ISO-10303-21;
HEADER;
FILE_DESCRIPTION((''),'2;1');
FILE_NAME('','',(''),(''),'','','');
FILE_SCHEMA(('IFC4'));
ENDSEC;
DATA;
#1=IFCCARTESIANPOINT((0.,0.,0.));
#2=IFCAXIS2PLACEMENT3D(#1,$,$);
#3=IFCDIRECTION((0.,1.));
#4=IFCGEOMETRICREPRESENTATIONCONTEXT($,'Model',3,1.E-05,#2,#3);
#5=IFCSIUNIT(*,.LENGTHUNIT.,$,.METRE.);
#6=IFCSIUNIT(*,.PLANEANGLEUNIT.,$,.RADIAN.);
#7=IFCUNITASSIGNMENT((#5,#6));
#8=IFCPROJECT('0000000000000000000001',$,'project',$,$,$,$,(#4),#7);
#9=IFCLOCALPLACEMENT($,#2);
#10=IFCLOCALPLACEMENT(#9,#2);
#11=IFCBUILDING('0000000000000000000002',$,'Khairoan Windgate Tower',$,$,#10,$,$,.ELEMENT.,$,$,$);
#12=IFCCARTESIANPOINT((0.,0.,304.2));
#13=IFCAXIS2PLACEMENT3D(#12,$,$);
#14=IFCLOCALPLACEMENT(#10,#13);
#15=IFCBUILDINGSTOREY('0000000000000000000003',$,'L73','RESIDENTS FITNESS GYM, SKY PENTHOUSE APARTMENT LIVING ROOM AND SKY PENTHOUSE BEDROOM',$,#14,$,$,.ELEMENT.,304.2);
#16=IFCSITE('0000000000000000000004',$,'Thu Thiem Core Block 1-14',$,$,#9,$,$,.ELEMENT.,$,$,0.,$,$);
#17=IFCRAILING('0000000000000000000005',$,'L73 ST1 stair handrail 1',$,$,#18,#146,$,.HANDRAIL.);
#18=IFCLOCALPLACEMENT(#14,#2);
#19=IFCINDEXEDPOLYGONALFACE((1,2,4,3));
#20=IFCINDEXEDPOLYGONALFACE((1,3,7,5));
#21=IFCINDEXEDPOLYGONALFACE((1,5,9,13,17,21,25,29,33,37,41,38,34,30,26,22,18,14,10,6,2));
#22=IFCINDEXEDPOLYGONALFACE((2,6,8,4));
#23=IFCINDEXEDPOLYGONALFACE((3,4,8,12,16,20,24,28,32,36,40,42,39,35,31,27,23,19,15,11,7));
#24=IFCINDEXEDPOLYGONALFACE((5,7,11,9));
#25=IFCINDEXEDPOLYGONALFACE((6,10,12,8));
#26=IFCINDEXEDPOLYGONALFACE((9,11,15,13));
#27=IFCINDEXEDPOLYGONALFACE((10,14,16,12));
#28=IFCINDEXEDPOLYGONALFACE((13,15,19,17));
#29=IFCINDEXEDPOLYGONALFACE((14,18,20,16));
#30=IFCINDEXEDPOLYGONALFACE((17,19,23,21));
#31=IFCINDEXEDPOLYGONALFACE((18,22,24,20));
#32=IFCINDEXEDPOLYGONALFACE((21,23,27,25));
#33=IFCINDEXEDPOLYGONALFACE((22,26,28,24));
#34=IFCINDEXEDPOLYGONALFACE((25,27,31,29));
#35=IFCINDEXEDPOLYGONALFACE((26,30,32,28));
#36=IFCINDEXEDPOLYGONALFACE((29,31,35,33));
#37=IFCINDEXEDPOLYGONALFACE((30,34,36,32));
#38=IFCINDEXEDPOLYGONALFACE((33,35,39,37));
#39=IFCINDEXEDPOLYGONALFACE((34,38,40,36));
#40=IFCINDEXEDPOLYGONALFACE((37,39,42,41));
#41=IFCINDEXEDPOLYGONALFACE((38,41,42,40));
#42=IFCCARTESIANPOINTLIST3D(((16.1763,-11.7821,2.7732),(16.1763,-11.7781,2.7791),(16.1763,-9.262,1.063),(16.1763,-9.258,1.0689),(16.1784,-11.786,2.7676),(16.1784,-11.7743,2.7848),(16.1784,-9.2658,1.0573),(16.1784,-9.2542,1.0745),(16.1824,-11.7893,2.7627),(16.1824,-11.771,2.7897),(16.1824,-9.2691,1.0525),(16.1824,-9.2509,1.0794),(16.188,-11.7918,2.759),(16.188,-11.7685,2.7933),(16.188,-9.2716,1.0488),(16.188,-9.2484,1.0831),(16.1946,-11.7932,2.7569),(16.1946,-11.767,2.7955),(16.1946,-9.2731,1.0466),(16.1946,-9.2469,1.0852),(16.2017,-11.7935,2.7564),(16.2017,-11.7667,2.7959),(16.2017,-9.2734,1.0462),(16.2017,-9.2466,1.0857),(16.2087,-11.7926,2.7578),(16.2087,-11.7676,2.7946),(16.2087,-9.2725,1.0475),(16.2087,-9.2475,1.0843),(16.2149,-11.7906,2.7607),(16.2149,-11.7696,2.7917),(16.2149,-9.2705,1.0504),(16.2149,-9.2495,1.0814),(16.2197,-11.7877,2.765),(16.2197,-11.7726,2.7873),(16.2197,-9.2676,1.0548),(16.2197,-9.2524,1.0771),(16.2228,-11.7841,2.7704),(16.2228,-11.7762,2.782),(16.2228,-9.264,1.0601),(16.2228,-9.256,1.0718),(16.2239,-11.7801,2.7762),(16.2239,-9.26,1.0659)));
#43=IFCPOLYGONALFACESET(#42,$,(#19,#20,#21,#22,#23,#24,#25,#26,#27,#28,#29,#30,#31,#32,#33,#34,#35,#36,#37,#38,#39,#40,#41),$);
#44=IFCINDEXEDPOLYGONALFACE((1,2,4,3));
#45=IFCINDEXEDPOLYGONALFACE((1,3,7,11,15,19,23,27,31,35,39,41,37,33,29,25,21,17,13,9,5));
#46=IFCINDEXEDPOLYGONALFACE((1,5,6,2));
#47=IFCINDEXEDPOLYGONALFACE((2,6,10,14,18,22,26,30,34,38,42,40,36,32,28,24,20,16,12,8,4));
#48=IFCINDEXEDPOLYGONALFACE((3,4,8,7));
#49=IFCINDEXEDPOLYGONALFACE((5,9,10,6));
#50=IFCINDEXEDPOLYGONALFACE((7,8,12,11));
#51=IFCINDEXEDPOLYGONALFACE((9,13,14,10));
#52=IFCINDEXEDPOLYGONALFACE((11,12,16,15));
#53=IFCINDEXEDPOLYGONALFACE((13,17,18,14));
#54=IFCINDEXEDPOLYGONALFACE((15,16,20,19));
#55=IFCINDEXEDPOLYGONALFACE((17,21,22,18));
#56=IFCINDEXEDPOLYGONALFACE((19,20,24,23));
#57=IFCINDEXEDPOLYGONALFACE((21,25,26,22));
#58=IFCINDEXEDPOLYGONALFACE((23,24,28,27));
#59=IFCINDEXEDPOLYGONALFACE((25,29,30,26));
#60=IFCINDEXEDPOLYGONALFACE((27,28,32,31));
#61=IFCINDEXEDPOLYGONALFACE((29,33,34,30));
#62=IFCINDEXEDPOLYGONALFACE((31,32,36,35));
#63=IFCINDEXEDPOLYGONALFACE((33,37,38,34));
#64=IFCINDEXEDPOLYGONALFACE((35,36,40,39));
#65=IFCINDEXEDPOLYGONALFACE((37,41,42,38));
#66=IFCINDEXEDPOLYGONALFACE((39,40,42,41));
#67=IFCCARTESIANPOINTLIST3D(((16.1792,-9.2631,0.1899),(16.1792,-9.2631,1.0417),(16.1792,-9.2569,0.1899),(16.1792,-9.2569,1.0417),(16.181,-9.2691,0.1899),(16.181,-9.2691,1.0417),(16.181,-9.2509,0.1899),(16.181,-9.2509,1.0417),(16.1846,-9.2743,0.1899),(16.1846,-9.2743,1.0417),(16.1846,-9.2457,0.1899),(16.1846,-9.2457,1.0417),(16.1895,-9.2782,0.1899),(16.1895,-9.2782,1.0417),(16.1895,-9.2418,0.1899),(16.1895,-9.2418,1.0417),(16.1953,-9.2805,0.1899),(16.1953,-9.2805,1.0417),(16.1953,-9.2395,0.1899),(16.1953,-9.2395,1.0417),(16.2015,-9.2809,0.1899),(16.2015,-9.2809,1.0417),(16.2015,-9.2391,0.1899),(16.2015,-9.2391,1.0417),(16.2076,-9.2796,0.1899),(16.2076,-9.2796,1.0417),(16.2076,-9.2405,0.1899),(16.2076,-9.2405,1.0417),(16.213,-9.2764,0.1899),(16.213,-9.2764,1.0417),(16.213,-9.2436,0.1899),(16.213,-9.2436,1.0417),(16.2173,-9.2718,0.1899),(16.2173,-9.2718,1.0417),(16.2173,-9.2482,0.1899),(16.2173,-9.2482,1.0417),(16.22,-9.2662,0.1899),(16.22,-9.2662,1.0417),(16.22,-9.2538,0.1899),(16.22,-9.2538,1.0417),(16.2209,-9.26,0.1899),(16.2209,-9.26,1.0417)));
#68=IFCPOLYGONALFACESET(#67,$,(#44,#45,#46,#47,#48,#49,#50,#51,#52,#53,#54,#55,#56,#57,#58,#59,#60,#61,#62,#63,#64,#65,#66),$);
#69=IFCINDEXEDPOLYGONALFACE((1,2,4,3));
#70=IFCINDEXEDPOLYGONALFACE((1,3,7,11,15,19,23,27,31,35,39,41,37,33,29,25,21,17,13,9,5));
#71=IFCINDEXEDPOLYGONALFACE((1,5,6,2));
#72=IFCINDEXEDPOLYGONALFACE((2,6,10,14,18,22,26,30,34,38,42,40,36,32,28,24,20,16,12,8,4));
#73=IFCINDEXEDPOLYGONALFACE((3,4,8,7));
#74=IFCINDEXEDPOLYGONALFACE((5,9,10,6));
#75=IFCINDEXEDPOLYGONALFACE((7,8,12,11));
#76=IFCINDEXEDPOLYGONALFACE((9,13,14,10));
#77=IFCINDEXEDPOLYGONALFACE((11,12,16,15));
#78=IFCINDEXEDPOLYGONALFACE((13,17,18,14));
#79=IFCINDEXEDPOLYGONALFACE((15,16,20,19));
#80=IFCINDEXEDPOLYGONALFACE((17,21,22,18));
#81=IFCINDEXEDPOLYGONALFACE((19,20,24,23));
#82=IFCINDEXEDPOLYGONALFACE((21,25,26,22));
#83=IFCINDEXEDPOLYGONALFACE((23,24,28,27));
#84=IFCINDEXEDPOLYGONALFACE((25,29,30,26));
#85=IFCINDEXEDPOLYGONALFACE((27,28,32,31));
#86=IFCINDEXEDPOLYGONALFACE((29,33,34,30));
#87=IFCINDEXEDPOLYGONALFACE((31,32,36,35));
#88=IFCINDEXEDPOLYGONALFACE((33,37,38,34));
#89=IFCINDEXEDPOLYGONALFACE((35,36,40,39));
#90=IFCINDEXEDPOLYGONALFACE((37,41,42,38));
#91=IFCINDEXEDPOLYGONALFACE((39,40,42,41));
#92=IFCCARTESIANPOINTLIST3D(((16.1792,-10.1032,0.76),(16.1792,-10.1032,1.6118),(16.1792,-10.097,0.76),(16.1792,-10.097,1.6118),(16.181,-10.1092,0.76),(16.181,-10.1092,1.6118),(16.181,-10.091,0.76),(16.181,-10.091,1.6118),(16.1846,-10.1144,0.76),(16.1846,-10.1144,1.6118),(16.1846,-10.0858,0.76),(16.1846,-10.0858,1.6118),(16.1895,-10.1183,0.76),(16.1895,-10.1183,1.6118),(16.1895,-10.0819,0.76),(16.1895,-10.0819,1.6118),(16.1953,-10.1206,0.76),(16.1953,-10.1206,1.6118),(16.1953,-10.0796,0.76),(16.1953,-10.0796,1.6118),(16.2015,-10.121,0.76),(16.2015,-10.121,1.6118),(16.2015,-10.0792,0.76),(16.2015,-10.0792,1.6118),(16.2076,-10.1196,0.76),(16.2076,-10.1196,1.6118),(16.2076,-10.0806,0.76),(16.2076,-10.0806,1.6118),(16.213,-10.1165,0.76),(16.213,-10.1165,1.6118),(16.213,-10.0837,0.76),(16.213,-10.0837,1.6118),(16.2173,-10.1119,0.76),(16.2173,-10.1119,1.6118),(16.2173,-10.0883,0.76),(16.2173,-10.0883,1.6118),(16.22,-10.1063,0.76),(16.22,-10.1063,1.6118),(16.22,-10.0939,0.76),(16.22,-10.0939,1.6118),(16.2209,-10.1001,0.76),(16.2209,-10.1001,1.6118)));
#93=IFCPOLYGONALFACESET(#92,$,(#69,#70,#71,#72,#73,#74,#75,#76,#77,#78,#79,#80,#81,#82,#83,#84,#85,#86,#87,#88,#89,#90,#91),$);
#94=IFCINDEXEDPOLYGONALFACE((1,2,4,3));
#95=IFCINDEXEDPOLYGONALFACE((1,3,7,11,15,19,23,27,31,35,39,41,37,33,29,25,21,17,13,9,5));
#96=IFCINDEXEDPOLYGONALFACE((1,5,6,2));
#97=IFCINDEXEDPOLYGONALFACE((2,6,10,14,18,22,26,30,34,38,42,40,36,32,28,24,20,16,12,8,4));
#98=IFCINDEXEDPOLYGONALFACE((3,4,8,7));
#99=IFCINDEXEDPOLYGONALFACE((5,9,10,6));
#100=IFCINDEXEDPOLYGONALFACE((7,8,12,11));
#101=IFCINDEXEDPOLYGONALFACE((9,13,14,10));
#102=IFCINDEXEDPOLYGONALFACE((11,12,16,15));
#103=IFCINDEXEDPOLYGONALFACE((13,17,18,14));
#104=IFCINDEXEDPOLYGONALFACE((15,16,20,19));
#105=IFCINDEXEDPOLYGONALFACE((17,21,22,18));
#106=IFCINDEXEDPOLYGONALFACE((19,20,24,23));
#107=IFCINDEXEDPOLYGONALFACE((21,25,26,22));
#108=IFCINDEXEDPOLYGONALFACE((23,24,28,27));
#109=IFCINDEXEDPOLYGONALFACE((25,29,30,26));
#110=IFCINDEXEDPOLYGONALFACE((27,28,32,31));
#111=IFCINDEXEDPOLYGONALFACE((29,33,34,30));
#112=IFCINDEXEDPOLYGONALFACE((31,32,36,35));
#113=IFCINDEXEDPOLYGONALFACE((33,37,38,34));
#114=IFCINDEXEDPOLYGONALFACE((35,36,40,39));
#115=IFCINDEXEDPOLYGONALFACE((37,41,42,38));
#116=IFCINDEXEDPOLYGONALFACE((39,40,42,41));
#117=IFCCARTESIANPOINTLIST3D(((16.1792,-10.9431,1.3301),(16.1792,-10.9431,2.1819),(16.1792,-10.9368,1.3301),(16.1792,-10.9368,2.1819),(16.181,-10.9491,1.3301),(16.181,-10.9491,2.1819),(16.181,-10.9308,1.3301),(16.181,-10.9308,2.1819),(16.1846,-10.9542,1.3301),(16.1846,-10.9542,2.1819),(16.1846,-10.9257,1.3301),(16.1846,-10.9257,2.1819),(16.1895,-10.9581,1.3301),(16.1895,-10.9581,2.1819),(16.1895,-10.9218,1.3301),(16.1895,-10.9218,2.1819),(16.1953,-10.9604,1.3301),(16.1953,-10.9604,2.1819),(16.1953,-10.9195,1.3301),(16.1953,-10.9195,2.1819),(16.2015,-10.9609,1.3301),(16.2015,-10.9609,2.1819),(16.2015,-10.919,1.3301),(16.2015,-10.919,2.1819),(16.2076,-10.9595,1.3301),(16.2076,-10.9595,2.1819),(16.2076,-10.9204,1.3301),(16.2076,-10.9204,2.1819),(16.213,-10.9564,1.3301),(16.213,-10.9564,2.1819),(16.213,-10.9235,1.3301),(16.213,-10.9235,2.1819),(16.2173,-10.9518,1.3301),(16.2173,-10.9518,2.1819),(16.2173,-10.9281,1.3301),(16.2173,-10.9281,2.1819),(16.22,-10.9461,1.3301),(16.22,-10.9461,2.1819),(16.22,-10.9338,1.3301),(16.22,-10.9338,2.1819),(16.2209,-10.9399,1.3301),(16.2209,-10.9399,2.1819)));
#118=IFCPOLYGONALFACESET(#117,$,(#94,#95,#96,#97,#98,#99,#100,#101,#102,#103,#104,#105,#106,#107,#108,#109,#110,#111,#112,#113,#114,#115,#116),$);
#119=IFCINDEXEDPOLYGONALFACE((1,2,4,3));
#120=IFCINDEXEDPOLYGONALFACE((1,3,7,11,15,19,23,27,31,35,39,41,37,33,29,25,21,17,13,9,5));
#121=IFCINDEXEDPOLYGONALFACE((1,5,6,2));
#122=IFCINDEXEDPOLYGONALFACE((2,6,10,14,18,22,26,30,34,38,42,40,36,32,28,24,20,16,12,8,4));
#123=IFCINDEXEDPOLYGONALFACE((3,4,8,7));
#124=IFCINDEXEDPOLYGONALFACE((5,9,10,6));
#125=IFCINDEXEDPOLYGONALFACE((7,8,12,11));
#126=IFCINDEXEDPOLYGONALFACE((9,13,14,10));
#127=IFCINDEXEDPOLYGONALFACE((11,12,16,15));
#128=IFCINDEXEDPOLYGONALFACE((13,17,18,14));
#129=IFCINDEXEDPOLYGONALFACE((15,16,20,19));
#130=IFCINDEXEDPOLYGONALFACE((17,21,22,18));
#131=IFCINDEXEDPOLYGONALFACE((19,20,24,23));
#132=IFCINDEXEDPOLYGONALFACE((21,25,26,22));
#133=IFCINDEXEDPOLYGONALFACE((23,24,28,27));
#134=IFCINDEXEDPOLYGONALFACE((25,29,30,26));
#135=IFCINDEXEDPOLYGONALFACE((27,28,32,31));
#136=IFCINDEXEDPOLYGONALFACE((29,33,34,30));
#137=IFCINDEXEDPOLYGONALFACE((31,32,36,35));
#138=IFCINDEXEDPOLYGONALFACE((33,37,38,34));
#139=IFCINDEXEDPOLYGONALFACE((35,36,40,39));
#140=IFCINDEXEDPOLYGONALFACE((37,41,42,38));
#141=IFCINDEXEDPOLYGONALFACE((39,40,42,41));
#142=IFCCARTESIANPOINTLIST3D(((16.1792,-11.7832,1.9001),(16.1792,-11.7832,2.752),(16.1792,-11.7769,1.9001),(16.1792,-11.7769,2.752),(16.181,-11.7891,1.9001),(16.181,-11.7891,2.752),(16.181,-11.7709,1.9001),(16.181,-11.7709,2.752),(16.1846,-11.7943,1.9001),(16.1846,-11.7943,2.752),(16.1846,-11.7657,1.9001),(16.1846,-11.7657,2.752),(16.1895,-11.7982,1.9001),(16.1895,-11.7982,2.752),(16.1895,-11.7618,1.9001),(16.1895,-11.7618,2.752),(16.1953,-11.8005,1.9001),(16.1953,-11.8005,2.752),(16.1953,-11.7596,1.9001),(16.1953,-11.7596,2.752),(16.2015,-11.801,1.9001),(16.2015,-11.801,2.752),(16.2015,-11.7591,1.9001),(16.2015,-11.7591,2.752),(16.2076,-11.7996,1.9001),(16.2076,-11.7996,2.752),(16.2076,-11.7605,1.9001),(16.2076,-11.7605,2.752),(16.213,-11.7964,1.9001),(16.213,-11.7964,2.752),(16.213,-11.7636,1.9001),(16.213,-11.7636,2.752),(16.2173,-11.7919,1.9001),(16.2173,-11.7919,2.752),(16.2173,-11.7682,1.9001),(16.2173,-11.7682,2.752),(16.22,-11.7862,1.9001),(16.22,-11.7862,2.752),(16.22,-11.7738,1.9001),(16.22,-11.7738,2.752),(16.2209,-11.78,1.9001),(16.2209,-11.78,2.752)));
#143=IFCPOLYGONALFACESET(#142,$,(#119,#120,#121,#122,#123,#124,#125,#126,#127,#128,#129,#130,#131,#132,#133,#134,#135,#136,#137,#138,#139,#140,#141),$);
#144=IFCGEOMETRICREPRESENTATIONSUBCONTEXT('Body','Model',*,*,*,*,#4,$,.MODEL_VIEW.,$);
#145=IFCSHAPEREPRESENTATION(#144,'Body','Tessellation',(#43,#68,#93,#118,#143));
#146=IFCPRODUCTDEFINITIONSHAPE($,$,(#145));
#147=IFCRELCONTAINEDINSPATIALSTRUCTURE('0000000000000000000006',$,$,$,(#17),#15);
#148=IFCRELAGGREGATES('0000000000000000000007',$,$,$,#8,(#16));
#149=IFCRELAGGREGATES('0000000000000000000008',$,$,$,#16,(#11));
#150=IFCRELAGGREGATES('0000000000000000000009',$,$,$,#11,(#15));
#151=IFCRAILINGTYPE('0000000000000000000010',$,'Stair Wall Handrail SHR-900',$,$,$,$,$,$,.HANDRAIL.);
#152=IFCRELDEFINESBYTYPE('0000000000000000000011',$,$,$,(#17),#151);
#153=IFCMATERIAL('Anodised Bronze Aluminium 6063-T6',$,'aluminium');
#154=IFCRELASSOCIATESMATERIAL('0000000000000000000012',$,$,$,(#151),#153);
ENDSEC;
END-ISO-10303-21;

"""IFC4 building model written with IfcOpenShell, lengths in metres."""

from ifc_helpers import new_model, si_unit, direction, frame, origin, origin_2d, place, context, subcontext, project, spatial, circle, extrude, material, type_object, element, save


model = new_model("IFC4")

# Units and contexts
model_context = context("Model", 3, precision=1e-05, world=origin(), true_north=direction((0.0, 1.0)))
body_context = subcontext(model_context, "Body", "Model", "MODEL_VIEW")
ifc_project = project(units=[si_unit("LENGTHUNIT", "METRE"), si_unit("PLANEANGLEUNIT", "RADIAN")], contexts=[model_context])

# Site, building, storey
site_placement = place(None, origin())
site = spatial("IfcSite", under=ifc_project, at=site_placement, Name="Thu Thiem Core Block 1-14", CompositionType="ELEMENT", RefElevation=0.0)
building_placement = place(site_placement, origin())
building = spatial("IfcBuilding", under=site, at=building_placement, Name="Khairoan Windgate Tower", CompositionType="ELEMENT")
storey_placement = place(building_placement, frame((0.0, 0.0, 304.2)))
storey = spatial("IfcBuildingStorey", under=building, at=storey_placement, Name="L73", Description="RESIDENTS FITNESS GYM, SKY PENTHOUSE APARTMENT LIVING ROOM AND SKY PENTHOUSE BEDROOM", CompositionType="ELEMENT", Elevation=304.2)

# Railing
ifc_material_1 = material(Name="Anodised Bronze Aluminium 6063-T6", Category="aluminium")
railing_type_1 = type_object("IfcRailingType", Name="Stair Wall Handrail SHR-900", PredefinedType="HANDRAIL", material=ifc_material_1)
railing_1_placement = place(storey_placement, frame((16.2, -9.26, 0.1899)))
element("IfcRailing", 1, at=railing_1_placement, inside=storey, type_object=railing_type_1, Name="L73 ST1 stair handrail 1", PredefinedType="HANDRAIL", context=body_context, shape_type="SweptSolid", body=[
    extrude(circle(Radius=0.0239, at=origin_2d()), frame((0.0, 0.0, 0.876), z_axis=(0.0, -0.827447, 0.561545), x_axis=(1.0, 0.0, 0.0)), (0.0, 0.0, 1.0), 3.0457),
    extrude(circle(Radius=0.021, at=origin_2d()), origin(), (0.0, 0.0, 1.0), 0.8518),
    extrude(circle(Radius=0.021, at=origin_2d()), frame((0.0, -0.8401, 0.5701)), (0.0, 0.0, 1.0), 0.8518),
    extrude(circle(Radius=0.021, at=origin_2d()), frame((0.0, -1.6799, 1.1401)), (0.0, 0.0, 1.0), 0.8518),
    extrude(circle(Radius=0.021, at=origin_2d()), frame((0.0, -2.52, 1.7102)), (0.0, 0.0, 1.0), 0.8518),
])

save(model, "model.ifc")
